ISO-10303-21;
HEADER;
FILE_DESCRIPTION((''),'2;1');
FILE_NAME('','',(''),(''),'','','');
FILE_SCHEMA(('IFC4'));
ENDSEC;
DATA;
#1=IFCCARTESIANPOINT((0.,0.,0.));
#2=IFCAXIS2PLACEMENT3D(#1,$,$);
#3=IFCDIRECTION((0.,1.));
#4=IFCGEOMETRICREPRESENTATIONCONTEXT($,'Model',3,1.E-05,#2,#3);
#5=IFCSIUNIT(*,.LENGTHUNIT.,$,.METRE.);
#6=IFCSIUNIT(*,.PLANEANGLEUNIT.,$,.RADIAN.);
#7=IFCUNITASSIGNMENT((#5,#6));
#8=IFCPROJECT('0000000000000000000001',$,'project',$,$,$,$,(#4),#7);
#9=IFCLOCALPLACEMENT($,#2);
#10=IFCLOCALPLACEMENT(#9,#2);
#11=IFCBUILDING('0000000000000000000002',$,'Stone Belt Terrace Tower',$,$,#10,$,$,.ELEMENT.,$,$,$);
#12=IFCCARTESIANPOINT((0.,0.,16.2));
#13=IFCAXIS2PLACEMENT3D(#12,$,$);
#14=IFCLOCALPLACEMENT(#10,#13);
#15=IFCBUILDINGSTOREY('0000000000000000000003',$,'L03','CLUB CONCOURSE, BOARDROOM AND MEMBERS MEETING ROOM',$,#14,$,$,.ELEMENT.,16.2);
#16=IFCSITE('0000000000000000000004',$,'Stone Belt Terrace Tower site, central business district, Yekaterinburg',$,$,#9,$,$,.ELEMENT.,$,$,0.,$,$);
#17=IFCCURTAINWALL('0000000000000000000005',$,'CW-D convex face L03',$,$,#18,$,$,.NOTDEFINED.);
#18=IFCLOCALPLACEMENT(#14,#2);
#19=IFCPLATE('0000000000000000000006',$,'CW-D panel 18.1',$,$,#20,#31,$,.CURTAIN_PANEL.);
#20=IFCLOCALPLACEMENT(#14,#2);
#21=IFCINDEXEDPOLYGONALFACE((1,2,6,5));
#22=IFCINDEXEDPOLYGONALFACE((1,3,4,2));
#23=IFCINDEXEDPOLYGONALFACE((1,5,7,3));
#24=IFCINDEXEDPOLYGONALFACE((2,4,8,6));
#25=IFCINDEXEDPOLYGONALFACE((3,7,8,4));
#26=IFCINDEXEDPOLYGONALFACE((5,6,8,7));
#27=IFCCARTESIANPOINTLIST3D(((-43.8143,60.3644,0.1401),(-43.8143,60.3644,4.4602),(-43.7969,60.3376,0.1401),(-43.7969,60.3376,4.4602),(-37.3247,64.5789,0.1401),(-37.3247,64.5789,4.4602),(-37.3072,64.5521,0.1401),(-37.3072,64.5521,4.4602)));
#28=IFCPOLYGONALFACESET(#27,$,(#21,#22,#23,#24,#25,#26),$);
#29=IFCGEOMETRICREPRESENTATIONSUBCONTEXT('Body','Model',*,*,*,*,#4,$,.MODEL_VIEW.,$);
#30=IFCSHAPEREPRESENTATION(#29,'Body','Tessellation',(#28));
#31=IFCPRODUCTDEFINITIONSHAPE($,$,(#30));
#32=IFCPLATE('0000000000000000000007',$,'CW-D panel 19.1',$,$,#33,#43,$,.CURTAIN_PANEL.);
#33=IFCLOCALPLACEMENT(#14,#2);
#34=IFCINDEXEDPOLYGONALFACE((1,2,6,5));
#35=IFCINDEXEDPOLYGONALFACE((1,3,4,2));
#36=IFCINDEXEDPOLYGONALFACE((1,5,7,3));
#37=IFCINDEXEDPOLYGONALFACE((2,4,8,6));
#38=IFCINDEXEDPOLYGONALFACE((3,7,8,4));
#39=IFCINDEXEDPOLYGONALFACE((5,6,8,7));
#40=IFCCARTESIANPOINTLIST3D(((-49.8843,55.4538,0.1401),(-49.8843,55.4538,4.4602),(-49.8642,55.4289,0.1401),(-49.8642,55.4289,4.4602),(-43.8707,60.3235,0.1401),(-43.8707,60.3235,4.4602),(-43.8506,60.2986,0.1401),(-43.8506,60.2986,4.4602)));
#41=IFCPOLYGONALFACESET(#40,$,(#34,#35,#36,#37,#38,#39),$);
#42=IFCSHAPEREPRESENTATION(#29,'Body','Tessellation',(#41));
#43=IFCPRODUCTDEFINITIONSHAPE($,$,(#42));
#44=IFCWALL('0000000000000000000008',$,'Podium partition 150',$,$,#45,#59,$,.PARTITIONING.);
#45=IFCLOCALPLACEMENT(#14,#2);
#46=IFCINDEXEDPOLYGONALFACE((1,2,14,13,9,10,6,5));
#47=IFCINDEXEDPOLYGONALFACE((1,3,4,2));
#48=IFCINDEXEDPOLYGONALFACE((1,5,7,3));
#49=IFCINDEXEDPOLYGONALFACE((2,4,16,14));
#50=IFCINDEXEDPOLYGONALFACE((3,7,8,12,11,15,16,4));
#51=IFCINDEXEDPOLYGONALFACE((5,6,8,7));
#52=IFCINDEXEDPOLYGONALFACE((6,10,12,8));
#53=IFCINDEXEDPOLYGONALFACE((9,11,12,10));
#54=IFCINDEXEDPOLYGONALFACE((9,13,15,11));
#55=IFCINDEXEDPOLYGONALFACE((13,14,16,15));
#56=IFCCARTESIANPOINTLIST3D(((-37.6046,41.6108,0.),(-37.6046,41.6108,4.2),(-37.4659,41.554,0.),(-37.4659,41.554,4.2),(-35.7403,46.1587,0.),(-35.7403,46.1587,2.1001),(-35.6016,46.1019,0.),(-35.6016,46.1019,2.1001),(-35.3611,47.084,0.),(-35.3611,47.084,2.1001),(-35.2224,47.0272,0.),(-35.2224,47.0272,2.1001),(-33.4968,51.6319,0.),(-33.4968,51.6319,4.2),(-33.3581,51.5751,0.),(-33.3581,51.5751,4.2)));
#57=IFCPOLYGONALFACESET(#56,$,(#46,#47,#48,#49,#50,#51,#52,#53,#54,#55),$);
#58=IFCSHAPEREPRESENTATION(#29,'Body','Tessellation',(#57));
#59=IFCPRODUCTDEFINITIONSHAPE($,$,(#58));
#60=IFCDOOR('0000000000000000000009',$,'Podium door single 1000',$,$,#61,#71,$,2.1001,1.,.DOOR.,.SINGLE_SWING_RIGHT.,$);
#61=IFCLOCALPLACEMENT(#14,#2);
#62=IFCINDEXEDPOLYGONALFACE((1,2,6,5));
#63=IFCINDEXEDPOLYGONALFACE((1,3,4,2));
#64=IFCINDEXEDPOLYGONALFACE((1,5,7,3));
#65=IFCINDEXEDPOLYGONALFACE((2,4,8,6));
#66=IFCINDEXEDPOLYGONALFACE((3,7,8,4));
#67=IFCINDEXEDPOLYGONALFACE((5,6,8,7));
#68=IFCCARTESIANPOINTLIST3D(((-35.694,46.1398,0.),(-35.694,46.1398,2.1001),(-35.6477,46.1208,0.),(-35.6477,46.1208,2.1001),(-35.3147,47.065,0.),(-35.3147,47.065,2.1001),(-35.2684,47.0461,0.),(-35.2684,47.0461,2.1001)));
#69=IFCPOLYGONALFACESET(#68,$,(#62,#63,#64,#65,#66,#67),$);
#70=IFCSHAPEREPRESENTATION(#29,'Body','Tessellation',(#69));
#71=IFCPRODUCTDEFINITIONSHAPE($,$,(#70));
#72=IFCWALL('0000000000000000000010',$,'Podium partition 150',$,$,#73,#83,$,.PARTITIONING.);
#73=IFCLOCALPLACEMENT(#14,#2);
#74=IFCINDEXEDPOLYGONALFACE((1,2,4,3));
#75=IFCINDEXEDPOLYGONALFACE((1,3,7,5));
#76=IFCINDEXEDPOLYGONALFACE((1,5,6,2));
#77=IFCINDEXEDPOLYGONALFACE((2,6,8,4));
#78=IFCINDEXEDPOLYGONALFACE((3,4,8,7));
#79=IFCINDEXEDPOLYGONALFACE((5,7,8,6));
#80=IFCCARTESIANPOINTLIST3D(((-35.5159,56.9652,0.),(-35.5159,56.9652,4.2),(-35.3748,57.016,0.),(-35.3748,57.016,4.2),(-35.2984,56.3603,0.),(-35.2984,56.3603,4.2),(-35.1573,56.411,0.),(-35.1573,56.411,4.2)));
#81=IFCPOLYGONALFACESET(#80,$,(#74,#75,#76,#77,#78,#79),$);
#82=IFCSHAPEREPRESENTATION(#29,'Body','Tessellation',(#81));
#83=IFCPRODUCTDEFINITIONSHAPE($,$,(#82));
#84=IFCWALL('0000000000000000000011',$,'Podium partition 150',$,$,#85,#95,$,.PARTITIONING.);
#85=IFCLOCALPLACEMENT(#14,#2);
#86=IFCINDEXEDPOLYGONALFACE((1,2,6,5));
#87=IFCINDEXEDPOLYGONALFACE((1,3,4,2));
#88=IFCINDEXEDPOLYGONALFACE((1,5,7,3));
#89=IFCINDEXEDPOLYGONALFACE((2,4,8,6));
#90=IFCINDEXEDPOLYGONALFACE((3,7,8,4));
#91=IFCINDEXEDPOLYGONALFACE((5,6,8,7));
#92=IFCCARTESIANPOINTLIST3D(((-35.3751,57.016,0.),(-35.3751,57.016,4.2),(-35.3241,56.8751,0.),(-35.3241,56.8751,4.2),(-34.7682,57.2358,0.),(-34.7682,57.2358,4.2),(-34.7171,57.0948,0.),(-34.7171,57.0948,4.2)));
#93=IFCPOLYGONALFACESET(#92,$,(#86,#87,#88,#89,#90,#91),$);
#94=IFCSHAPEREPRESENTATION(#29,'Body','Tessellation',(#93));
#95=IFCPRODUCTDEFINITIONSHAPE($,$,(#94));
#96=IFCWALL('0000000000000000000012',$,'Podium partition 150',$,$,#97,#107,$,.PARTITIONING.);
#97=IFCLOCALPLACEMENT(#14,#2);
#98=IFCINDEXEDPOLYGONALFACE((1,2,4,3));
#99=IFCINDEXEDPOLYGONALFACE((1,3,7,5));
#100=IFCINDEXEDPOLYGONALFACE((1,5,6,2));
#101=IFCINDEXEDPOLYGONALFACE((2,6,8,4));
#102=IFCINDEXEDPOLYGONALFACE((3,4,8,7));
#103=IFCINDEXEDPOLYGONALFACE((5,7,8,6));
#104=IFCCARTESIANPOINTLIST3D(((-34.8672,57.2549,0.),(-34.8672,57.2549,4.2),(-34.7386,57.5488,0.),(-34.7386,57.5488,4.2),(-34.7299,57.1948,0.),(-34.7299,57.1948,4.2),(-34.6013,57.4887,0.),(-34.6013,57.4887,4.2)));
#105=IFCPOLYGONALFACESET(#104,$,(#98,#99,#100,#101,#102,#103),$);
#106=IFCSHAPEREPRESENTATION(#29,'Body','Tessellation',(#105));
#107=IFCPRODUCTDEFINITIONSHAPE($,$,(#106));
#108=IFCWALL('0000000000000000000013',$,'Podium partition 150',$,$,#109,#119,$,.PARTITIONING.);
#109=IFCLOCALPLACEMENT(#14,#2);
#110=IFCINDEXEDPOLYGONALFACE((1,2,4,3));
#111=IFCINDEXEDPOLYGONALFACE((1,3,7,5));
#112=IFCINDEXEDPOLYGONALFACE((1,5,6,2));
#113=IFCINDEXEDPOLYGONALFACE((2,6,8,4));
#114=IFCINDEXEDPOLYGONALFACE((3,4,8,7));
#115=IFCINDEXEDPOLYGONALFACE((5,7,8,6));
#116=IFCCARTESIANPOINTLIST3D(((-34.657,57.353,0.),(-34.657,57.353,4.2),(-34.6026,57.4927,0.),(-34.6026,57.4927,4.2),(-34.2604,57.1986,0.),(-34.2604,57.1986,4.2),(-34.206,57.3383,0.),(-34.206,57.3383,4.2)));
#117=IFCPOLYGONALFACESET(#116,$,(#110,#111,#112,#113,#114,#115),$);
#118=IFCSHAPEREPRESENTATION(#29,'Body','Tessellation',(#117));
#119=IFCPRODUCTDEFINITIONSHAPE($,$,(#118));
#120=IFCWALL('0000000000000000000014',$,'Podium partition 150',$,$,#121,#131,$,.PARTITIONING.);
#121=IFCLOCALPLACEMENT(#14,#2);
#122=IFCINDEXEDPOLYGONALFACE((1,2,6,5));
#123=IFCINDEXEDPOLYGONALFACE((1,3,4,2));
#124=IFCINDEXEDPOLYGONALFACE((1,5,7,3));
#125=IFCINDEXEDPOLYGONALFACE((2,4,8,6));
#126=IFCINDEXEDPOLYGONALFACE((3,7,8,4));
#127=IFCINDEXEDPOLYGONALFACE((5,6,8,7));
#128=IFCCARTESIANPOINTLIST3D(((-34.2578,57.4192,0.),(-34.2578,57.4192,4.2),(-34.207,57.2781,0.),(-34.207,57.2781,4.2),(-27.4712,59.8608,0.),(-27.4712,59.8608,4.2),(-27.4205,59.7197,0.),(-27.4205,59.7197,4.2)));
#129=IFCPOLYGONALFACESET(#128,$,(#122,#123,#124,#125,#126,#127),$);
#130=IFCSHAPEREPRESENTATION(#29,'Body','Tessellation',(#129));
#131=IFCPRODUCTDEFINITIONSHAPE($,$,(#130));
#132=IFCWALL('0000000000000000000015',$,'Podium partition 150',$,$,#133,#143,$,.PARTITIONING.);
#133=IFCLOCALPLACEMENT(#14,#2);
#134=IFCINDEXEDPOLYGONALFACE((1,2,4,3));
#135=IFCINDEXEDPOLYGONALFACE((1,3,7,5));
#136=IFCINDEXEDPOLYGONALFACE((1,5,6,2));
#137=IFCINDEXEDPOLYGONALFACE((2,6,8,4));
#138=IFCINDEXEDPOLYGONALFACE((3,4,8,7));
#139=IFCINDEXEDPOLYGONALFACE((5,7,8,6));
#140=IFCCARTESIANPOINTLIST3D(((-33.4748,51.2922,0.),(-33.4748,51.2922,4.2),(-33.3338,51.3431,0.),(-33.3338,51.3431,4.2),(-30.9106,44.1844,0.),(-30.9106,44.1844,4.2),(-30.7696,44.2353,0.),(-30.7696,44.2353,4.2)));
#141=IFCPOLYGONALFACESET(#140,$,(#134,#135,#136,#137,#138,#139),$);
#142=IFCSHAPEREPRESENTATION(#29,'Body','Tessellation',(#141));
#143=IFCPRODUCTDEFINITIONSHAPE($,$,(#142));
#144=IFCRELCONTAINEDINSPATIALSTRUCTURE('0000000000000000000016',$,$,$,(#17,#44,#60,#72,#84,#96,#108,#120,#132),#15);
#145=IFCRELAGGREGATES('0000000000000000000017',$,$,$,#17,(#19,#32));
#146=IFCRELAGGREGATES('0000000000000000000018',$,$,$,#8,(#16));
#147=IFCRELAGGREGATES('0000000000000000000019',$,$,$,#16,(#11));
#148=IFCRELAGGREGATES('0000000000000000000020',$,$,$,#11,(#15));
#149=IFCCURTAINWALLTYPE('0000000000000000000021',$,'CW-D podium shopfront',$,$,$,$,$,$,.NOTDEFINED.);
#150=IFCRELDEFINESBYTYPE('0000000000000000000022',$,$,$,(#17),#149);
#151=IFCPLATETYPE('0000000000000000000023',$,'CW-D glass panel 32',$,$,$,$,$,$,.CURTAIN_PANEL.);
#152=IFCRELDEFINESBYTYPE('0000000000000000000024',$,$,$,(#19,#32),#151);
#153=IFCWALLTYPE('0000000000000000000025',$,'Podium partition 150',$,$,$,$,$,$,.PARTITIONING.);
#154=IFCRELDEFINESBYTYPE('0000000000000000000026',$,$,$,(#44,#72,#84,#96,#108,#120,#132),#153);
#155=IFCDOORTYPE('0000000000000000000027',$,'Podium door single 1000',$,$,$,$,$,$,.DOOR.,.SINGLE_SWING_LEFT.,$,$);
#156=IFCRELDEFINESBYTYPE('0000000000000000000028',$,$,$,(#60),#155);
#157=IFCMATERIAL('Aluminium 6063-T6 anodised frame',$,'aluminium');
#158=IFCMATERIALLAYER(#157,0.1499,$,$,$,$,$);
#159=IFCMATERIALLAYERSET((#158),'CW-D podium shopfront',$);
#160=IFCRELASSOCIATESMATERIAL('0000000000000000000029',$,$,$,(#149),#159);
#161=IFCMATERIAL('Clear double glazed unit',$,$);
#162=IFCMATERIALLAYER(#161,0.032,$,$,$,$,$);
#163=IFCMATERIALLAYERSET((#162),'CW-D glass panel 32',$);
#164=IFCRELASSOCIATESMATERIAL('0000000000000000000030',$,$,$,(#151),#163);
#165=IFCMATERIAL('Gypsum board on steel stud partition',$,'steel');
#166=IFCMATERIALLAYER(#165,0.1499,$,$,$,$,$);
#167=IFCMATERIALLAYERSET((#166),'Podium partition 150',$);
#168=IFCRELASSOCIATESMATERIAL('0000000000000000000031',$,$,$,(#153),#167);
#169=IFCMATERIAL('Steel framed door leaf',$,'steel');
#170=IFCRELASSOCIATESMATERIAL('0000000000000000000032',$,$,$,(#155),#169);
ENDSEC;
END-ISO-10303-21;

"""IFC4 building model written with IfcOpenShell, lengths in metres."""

from ifc_helpers import new_model, si_unit, direction, frame, frame_2d, origin, origin_2d, place, context, subcontext, project, spatial, rectangle, extrude, material, layer, layer_set, type_object, element, fill, aggregate, save


model = new_model("IFC4")

# Units and contexts
model_context = context("Model", 3, precision=1e-05, world=origin(), true_north=direction((0.0, 1.0)))
body_context = subcontext(model_context, "Body", "Model", "MODEL_VIEW")
ifc_project = project(units=[si_unit("LENGTHUNIT", "METRE"), si_unit("PLANEANGLEUNIT", "RADIAN")], contexts=[model_context])

# Site, building, storey
site_placement = place(None, origin())
site = spatial("IfcSite", under=ifc_project, at=site_placement, Name="Stone Belt Terrace Tower site, central business district, Yekaterinburg", CompositionType="ELEMENT", RefElevation=0.0)
building_placement = place(site_placement, origin())
building = spatial("IfcBuilding", under=site, at=building_placement, Name="Stone Belt Terrace Tower", CompositionType="ELEMENT")
storey_placement = place(building_placement, frame((0.0, 0.0, 16.2)))
storey = spatial("IfcBuildingStorey", under=building, at=storey_placement, Name="L03", Description="CLUB CONCOURSE, BOARDROOM AND MEMBERS MEETING ROOM", CompositionType="ELEMENT", Elevation=16.2)

# Curtain wall, plates
ifc_material_1 = material(Name="Aluminium 6063-T6 anodised frame", Category="aluminium")
ifc_layer_1 = layer(ifc_material_1, 0.1499)
ifc_layer_set_1 = layer_set([ifc_layer_1], Name="CW-D podium shopfront")
curtain_wall_type = type_object("IfcCurtainWallType", Name="CW-D podium shopfront", PredefinedType="NOTDEFINED", material=ifc_layer_set_1)
curtain_wall_placement = place(storey_placement, origin())
curtain_wall = element("IfcCurtainWall", 1, at=curtain_wall_placement, inside=storey, type_object=curtain_wall_type, Name="CW-D convex face L03", PredefinedType="NOTDEFINED")
ifc_material_2 = material(Name="Clear double glazed unit")
ifc_layer_2 = layer(ifc_material_2, 0.032)
ifc_layer_set_2 = layer_set([ifc_layer_2], Name="CW-D glass panel 32")
plate_type = type_object("IfcPlateType", Name="CW-D glass panel 32", PredefinedType="CURTAIN_PANEL", material=ifc_layer_set_2)
plate_1_placement = place(storey_placement, frame((-40.5608, 62.4583, 0.1401), z_axis=(0.0, 0.0, 1.0), x_axis=(-0.838671, -0.544639, 0.0)))
plate_1 = element("IfcPlate", 2, at=plate_1_placement, type_object=plate_type, Name="CW-D panel 18.1", PredefinedType="CURTAIN_PANEL", context=body_context, shape_type="SweptSolid", body=[
    extrude(rectangle(XDim=7.738, YDim=0.032, at=origin_2d()), origin(), (0.0, 0.0, 1.0), 4.3201),
])
plate_2_placement = place(storey_placement, frame((-46.8674, 57.8762, 0.1401), z_axis=(0.0, 0.0, 1.0), x_axis=(-0.777146, -0.62932, 0.0)))
plate_2 = element("IfcPlate", 3, at=plate_2_placement, type_object=plate_type, Name="CW-D panel 19.1", PredefinedType="CURTAIN_PANEL", context=body_context, shape_type="SweptSolid", body=[
    extrude(rectangle(XDim=7.738, YDim=0.032, at=origin_2d()), origin(), (0.0, 0.0, 1.0), 4.3201),
])
aggregate(curtain_wall, [plate_1, plate_2])

# Wall, opening, door
ifc_material_3 = material(Name="Gypsum board on steel stud partition", Category="steel")
ifc_layer_3 = layer(ifc_material_3, 0.1499)
ifc_layer_set_3 = layer_set([ifc_layer_3], Name="Podium partition 150")
wall_type = type_object("IfcWallType", Name="Podium partition 150", PredefinedType="PARTITIONING", material=ifc_layer_set_3)
wall_1_placement = place(storey_placement, frame((-37.5352, 41.5825, 0.0), z_axis=(0.0, 0.0, 1.0), x_axis=(0.379279, 0.925282, 0.0)))
wall_1 = element("IfcWall", 4, at=wall_1_placement, inside=storey, type_object=wall_type, Name="Podium partition 150", PredefinedType="PARTITIONING", context=body_context, shape_type="SweptSolid", body=[
    extrude(rectangle(XDim=10.8303, YDim=0.1499, at=frame_2d((5.415, 0.0))), origin(), (0.0, 0.0, 1.0), 4.2),
])
opening_placement = place(wall_1_placement, frame((4.915, 0.0, 0.0)))
opening = element("IfcOpeningElement", 5, at=opening_placement, cuts=wall_1, PredefinedType="OPENING", context=body_context, shape_type="SweptSolid", body=[
    extrude(rectangle(XDim=1.0, YDim=2.1001, at=frame_2d((0.5, 1.05))), frame((0.0, 0.085, 0.0), z_axis=(0.0, -1.0, 0.0), x_axis=(1.0, 0.0, 0.0)), (0.0, 0.0, 1.0), 0.1699),
])
ifc_material_4 = material(Name="Steel framed door leaf", Category="steel")
door_type = type_object("IfcDoorType", Name="Podium door single 1000", OperationType="SINGLE_SWING_LEFT", PredefinedType="DOOR", material=ifc_material_4)
door_placement = place(opening_placement, origin())
door = element("IfcDoor", 6, at=door_placement, inside=storey, type_object=door_type, Name="Podium door single 1000", OperationType="SINGLE_SWING_RIGHT", OverallHeight=2.1001, OverallWidth=1.0, PredefinedType="DOOR", context=body_context, shape_type="SweptSolid", body=[
    extrude(rectangle(XDim=1.0, YDim=2.1001, at=frame_2d((0.5, 1.05))), frame((0.0, 0.0249, 0.0), z_axis=(0.0, -1.0, 0.0), x_axis=(1.0, 0.0, 0.0)), (0.0, 0.0, 1.0), 0.05),
])
fill(opening, door)

# Walls
wall_2_placement = place(storey_placement, frame((-35.4453, 56.9905, 0.0), z_axis=(0.0, 0.0, 1.0), x_axis=(0.338356, -0.941018, 0.0)))
element("IfcWall", 7, at=wall_2_placement, inside=storey, type_object=wall_type, Name="Podium partition 150", PredefinedType="PARTITIONING", context=body_context, shape_type="SweptSolid", body=[
    extrude(rectangle(XDim=0.6428, YDim=0.1499, at=frame_2d((0.3213, 0.0))), origin(), (0.0, 0.0, 1.0), 4.2),
])
wall_3_placement = place(storey_placement, frame((-35.3496, 56.9456, 0.0), z_axis=(0.0, 0.0, 1.0), x_axis=(0.940278, 0.340406, 0.0)))
element("IfcWall", 8, at=wall_3_placement, inside=storey, type_object=wall_type, Name="Podium partition 150", PredefinedType="PARTITIONING", context=body_context, shape_type="SweptSolid", body=[
    extrude(rectangle(XDim=0.6455, YDim=0.1499, at=frame_2d((0.3228, 0.0))), origin(), (0.0, 0.0, 1.0), 4.2),
])
wall_4_placement = place(storey_placement, frame((-34.7986, 57.2249, 0.0), z_axis=(0.0, 0.0, 1.0), x_axis=(0.400978, 0.916087, 0.0)))
element("IfcWall", 9, at=wall_4_placement, inside=storey, type_object=wall_type, Name="Podium partition 150", PredefinedType="PARTITIONING", context=body_context, shape_type="SweptSolid", body=[
    extrude(rectangle(XDim=0.3208, YDim=0.1499, at=frame_2d((0.1604, 0.0))), origin(), (0.0, 0.0, 1.0), 4.2),
])
wall_5_placement = place(storey_placement, frame((-34.6299, 57.4229, 0.0), z_axis=(0.0, 0.0, 1.0), x_axis=(0.931918, -0.362668, 0.0)))
element("IfcWall", 10, at=wall_5_placement, inside=storey, type_object=wall_type, Name="Podium partition 150", PredefinedType="PARTITIONING", context=body_context, shape_type="SweptSolid", body=[
    extrude(rectangle(XDim=0.4255, YDim=0.1499, at=frame_2d((0.2129, 0.0))), origin(), (0.0, 0.0, 1.0), 4.2),
])
wall_6_placement = place(storey_placement, frame((-34.2324, 57.3486, 0.0), z_axis=(0.0, 0.0, 1.0), x_axis=(0.940955, 0.338531, 0.0)))
element("IfcWall", 11, at=wall_6_placement, inside=storey, type_object=wall_type, Name="Podium partition 150", PredefinedType="PARTITIONING", context=body_context, shape_type="SweptSolid", body=[
    extrude(rectangle(XDim=7.2124, YDim=0.1499, at=frame_2d((3.6062, 0.0))), origin(), (0.0, 0.0, 1.0), 4.2),
])
wall_7_placement = place(storey_placement, frame((-33.4043, 51.3176, 0.0), z_axis=(0.0, 0.0, 1.0), x_axis=(0.339358, -0.940657, 0.0)))
element("IfcWall", 12, at=wall_7_placement, inside=storey, type_object=wall_type, Name="Podium partition 150", PredefinedType="PARTITIONING", context=body_context, shape_type="SweptSolid", body=[
    extrude(rectangle(XDim=7.5562, YDim=0.1499, at=frame_2d((3.7781, 0.0))), origin(), (0.0, 0.0, 1.0), 4.2),
])

save(model, "model.ifc")
